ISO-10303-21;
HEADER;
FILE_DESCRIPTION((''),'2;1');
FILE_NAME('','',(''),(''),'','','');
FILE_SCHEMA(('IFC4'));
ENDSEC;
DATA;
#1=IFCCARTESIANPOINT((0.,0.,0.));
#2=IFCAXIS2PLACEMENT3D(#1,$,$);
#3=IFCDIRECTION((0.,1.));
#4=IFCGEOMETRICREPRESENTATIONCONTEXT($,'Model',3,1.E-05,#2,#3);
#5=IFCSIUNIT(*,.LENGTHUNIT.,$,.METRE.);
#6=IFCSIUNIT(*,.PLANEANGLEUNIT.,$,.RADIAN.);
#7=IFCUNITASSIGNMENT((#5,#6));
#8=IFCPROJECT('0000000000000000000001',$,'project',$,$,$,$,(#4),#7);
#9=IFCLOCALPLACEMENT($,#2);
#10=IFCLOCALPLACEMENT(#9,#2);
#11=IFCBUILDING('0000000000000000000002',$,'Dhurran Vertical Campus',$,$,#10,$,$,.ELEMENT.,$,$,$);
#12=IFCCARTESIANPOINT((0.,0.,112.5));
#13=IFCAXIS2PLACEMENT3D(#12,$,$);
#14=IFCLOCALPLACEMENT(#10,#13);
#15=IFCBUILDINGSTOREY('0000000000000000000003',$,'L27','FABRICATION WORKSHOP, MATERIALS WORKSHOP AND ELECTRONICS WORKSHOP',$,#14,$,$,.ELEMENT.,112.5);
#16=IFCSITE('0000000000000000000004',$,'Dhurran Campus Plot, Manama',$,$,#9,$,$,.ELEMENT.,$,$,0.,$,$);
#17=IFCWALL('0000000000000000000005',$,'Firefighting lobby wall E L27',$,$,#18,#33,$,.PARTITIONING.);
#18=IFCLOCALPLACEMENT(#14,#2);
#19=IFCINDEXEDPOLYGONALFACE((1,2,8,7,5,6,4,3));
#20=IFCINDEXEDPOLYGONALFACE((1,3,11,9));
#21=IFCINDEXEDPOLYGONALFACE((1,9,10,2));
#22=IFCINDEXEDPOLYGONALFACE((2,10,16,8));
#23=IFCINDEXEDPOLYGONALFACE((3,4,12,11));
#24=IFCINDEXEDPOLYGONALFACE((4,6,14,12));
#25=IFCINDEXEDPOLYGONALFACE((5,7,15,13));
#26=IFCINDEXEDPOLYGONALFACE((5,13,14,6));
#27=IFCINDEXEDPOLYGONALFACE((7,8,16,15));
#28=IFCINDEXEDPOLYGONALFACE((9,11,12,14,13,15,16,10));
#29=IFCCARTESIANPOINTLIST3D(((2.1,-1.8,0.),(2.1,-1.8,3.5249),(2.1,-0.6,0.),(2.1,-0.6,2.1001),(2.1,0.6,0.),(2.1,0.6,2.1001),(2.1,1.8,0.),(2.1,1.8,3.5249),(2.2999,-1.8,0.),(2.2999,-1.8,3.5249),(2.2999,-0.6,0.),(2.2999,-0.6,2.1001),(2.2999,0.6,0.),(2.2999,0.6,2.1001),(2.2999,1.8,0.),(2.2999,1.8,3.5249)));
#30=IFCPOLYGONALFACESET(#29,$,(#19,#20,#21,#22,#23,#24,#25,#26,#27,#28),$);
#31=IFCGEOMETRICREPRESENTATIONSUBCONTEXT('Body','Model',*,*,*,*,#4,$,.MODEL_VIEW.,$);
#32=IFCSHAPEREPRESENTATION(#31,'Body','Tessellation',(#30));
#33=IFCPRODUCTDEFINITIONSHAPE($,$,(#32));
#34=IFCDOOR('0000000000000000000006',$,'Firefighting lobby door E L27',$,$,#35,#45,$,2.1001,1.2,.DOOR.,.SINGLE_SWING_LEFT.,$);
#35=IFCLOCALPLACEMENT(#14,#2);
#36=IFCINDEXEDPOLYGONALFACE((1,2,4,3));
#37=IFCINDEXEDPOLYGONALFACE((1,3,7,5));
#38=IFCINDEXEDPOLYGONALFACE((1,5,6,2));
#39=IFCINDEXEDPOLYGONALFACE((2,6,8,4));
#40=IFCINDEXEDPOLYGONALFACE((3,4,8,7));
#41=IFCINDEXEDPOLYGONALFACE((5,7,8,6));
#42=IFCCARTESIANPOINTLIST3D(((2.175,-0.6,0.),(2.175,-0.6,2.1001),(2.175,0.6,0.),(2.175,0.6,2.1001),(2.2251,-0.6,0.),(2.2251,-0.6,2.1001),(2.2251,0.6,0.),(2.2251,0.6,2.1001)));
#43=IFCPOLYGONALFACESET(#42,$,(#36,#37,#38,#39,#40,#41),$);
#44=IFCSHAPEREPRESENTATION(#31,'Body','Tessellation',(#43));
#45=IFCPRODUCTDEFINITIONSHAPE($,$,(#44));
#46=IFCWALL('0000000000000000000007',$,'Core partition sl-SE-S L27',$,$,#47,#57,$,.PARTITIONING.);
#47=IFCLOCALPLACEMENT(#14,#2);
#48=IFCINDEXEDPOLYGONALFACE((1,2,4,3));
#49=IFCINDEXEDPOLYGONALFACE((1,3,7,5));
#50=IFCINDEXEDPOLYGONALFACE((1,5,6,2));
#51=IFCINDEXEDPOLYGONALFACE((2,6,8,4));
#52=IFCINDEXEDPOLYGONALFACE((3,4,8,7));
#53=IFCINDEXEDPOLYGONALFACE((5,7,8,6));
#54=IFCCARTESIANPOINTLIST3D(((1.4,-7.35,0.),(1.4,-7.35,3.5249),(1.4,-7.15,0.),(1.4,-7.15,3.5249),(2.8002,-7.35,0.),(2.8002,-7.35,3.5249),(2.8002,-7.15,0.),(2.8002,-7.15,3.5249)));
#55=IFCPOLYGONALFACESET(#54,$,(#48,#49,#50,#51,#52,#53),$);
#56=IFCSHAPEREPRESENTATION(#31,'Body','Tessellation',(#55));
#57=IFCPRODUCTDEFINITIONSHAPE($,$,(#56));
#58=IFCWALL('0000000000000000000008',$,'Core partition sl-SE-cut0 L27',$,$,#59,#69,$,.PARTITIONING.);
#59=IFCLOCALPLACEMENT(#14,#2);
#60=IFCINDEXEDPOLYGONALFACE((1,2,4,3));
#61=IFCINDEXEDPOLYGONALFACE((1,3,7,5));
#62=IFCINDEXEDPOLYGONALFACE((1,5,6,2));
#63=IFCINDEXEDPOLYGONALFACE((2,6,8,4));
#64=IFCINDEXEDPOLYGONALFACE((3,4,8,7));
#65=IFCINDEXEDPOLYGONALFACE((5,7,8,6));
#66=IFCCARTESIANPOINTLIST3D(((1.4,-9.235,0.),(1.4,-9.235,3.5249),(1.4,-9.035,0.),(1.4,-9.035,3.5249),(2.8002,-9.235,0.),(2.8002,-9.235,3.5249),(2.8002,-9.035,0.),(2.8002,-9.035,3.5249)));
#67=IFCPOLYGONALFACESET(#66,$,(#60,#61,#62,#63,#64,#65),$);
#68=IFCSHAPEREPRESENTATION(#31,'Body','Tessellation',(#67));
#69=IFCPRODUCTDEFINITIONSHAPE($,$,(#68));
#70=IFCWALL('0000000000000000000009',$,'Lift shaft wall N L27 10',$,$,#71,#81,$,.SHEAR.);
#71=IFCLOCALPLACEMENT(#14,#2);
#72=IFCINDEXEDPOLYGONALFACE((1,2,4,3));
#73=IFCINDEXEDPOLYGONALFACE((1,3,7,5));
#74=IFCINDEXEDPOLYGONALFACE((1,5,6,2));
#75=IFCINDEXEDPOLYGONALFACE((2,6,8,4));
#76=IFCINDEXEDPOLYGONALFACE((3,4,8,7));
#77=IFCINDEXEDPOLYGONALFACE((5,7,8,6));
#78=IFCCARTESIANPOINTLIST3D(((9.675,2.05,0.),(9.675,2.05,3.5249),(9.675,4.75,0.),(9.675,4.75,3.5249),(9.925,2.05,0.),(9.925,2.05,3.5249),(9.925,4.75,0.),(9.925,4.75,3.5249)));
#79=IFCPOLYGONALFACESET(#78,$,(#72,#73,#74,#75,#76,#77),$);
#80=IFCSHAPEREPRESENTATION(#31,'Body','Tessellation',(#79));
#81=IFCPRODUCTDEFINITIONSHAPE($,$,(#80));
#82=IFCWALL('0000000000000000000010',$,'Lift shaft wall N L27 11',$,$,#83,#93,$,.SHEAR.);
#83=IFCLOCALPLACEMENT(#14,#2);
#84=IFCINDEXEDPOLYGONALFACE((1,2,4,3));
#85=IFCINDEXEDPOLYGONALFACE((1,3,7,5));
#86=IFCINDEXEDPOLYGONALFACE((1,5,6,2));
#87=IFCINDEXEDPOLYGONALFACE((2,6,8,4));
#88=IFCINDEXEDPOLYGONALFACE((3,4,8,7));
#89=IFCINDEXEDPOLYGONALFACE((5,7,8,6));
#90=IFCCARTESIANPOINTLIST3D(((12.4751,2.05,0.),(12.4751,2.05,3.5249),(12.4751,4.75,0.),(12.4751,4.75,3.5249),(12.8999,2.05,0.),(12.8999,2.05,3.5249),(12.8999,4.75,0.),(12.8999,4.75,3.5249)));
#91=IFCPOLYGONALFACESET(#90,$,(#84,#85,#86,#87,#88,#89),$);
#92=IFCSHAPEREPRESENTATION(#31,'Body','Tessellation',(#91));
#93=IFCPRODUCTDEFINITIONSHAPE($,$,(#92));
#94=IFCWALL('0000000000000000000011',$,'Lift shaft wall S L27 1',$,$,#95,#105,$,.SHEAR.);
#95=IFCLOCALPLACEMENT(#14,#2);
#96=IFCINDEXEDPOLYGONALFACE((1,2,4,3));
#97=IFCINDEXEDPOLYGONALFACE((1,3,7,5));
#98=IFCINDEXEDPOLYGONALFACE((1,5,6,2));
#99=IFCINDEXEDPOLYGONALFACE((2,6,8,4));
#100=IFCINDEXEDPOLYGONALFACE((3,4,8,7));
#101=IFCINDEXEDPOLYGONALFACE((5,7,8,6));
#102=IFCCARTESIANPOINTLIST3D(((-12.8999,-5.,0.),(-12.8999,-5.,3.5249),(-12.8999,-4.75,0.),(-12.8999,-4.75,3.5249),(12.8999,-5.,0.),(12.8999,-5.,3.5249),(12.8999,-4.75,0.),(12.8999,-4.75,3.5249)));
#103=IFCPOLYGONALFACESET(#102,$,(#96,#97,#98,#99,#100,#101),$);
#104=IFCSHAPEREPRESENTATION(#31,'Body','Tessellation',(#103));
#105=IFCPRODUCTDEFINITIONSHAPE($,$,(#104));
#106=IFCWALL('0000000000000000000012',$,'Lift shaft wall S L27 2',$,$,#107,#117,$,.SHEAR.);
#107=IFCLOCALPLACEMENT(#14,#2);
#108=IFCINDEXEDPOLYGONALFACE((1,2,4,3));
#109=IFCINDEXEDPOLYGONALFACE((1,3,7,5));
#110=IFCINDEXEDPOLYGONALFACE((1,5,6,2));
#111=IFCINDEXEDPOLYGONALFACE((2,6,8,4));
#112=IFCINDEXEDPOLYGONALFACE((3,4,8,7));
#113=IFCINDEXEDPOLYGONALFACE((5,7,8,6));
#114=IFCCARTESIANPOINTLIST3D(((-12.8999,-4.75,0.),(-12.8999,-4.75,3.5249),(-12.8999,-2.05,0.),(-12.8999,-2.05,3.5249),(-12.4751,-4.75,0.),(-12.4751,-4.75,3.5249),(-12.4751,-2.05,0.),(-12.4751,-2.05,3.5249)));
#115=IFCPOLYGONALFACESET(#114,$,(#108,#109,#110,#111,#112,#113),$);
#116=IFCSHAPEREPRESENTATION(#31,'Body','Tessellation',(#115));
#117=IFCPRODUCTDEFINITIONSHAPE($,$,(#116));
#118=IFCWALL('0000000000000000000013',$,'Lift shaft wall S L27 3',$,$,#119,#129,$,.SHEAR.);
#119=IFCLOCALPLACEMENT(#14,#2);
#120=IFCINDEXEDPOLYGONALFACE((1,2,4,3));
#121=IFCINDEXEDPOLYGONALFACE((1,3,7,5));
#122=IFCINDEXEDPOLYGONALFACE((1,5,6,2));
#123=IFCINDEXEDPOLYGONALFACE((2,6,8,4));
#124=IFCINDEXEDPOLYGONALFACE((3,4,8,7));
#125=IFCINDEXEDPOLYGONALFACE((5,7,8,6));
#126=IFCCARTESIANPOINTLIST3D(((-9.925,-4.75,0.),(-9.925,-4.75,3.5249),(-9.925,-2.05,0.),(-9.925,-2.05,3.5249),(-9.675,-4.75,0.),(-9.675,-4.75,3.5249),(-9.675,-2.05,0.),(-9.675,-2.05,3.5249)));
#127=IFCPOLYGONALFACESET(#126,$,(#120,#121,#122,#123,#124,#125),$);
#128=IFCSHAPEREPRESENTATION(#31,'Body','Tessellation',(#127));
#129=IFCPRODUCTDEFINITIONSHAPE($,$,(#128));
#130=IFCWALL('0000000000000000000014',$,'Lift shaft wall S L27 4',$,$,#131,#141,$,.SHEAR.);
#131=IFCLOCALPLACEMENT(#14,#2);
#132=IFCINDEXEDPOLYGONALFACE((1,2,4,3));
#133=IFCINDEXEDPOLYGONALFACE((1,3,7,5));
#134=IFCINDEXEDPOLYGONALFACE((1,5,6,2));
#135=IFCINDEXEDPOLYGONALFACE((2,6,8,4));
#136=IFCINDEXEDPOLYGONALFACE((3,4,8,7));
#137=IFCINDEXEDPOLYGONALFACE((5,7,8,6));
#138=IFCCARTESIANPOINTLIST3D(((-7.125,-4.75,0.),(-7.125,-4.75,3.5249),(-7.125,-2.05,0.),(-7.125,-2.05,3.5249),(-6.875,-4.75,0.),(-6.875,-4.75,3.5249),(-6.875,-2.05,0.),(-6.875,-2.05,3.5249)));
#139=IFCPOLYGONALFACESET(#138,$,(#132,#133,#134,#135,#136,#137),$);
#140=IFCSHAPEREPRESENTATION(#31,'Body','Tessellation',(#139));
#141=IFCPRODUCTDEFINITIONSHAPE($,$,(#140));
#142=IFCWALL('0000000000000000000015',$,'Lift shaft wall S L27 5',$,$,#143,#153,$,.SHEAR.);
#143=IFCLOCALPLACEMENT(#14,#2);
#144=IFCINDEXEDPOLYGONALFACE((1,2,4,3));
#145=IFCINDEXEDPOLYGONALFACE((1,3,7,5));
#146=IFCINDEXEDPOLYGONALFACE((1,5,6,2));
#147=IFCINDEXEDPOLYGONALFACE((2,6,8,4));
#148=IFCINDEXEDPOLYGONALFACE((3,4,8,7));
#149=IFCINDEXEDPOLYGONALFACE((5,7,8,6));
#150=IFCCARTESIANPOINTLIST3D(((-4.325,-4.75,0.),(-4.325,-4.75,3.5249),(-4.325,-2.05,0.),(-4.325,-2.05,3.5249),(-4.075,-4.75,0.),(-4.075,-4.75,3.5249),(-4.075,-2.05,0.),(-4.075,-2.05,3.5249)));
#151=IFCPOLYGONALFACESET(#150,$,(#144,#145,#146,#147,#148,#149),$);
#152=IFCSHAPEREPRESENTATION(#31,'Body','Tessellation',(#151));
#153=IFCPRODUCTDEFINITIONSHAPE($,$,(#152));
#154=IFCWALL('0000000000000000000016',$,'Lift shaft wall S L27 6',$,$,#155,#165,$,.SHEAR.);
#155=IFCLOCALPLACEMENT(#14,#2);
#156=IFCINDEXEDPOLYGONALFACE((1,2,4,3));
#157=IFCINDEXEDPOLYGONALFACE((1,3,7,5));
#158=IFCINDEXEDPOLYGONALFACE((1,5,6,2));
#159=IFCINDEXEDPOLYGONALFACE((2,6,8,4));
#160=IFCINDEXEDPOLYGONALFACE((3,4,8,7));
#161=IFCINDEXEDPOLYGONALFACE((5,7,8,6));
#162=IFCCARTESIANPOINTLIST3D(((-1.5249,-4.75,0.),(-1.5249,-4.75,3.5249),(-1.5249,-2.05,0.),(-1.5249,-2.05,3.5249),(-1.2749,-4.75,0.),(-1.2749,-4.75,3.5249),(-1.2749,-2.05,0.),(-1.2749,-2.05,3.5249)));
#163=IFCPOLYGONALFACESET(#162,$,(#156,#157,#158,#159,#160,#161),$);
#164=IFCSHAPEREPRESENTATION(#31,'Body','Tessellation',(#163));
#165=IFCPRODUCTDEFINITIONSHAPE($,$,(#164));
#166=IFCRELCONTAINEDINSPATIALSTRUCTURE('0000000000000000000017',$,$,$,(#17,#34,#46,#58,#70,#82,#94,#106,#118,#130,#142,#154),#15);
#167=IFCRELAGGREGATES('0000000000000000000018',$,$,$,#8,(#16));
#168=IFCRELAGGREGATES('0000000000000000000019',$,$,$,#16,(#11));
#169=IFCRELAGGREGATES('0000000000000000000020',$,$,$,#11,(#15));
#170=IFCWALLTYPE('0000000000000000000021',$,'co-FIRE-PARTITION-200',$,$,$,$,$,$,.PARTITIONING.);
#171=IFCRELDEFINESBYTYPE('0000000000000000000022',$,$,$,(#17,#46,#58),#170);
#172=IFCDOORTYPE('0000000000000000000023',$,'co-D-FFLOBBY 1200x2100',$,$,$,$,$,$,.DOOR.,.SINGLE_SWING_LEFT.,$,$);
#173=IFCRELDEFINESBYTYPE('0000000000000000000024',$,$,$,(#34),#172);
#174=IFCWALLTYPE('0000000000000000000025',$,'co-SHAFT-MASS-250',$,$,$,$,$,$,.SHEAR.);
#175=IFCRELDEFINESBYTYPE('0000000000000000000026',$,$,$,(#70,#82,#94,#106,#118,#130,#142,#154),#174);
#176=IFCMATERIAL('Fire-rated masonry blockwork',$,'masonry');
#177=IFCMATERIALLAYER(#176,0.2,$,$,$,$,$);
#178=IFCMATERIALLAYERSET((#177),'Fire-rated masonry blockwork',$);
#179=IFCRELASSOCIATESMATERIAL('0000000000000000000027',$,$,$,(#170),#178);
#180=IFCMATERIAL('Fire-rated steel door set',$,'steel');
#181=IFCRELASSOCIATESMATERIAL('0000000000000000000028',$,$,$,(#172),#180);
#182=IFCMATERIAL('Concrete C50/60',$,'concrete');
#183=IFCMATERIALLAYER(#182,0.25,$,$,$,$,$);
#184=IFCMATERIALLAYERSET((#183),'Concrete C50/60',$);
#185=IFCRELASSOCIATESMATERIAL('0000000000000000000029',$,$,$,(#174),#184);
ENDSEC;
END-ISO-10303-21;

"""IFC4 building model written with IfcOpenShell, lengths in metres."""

from ifc_helpers import new_model, si_unit, direction, frame, frame_2d, origin, place, context, subcontext, project, spatial, polyline, rectangle, outline, extrude, material, layer, layer_set, type_object, element, fill, save


model = new_model("IFC4")

# Units and contexts
model_context = context("Model", 3, precision=1e-05, world=origin(), true_north=direction((0.0, 1.0)))
body_context = subcontext(model_context, "Body", "Model", "MODEL_VIEW")
ifc_project = project(units=[si_unit("LENGTHUNIT", "METRE"), si_unit("PLANEANGLEUNIT", "RADIAN")], contexts=[model_context])

# Site, building, storey
site_placement = place(None, origin())
site = spatial("IfcSite", under=ifc_project, at=site_placement, Name="Dhurran Campus Plot, Manama", CompositionType="ELEMENT", RefElevation=0.0)
building_placement = place(site_placement, origin())
building = spatial("IfcBuilding", under=site, at=building_placement, Name="Dhurran Vertical Campus", CompositionType="ELEMENT")
storey_placement = place(building_placement, frame((0.0, 0.0, 112.5)))
storey = spatial("IfcBuildingStorey", under=building, at=storey_placement, Name="L27", Description="FABRICATION WORKSHOP, MATERIALS WORKSHOP AND ELECTRONICS WORKSHOP", CompositionType="ELEMENT", Elevation=112.5)

# Wall, opening, door
ifc_material_1 = material(Name="Fire-rated masonry blockwork", Category="masonry")
ifc_layer_1 = layer(ifc_material_1, 0.2)
ifc_layer_set_1 = layer_set([ifc_layer_1], Name="Fire-rated masonry blockwork")
wall_type_1 = type_object("IfcWallType", Name="co-FIRE-PARTITION-200", PredefinedType="PARTITIONING", material=ifc_layer_set_1)
wall_1_placement = place(storey_placement, frame((2.2, -1.8, 0.0), z_axis=(0.0, 0.0, 1.0), x_axis=(0.0, 1.0, 0.0)))
wall_1 = element("IfcWall", 1, at=wall_1_placement, inside=storey, type_object=wall_type_1, Name="Firefighting lobby wall E L27", PredefinedType="PARTITIONING", context=body_context, shape_type="SweptSolid", body=[
    extrude(rectangle(XDim=3.6001, YDim=0.2, at=frame_2d((1.8, 0.0))), origin(), (0.0, 0.0, 1.0), 3.5249),
])
opening_1_placement = place(wall_1_placement, frame((1.2, 0.0, 0.0)))
opening_1 = element("IfcOpeningElement", 2, at=opening_1_placement, cuts=wall_1, PredefinedType="OPENING", context=body_context, shape_type="SweptSolid", body=[
    extrude(rectangle(XDim=1.2, YDim=2.1001, at=frame_2d((0.6001, 1.05))), frame((0.0, 0.1099, 0.0), z_axis=(0.0, -1.0, 0.0), x_axis=(1.0, 0.0, 0.0)), (0.0, 0.0, 1.0), 0.22),
])
ifc_material_2 = material(Name="Fire-rated steel door set", Category="steel")
door_type_1 = type_object("IfcDoorType", Name="co-D-FFLOBBY 1200x2100", OperationType="SINGLE_SWING_LEFT", PredefinedType="DOOR", material=ifc_material_2)
door_1_placement = place(opening_1_placement, origin())
door_1 = element("IfcDoor", 3, at=door_1_placement, inside=storey, type_object=door_type_1, Name="Firefighting lobby door E L27", OperationType="SINGLE_SWING_LEFT", OverallHeight=2.1001, OverallWidth=1.2, PredefinedType="DOOR", context=body_context, shape_type="SweptSolid", body=[
    extrude(rectangle(XDim=1.2, YDim=2.1001, at=frame_2d((0.6001, 1.05))), frame((0.0, 0.0249, 0.0), z_axis=(0.0, -1.0, 0.0), x_axis=(1.0, 0.0, 0.0)), (0.0, 0.0, 1.0), 0.05),
])
fill(opening_1, door_1)

# Walls
for number, where, z_axis, x_axis, name in (
    (4, (1.3999, -7.25, 0.0), (0.0, 0.0, 1.0), (1.0, 0.0, 0.0), "Core partition sl-SE-S L27"),
    (5, (1.3999, -9.135, 0.0), (0.0, 0.0, 1.0), (1.0, 0.0, 0.0), "Core partition sl-SE-cut0 L27"),
):
    element("IfcWall", number, at=place(storey_placement, frame(where, z_axis=z_axis, x_axis=x_axis)), inside=storey, type_object=wall_type_1, Name=name, PredefinedType="PARTITIONING", context=body_context, shape_type="SweptSolid", body=[
        extrude(rectangle(XDim=1.4001, YDim=0.2, at=frame_2d((0.7002, 0.0))), origin(), (0.0, 0.0, 1.0), 3.5249),
    ])
ifc_material_3 = material(Name="Concrete C50/60", Category="concrete")
ifc_layer_2 = layer(ifc_material_3, 0.25)
ifc_layer_set_2 = layer_set([ifc_layer_2], Name="Concrete C50/60")
wall_type_2 = type_object("IfcWallType", Name="co-SHAFT-MASS-250", PredefinedType="SHEAR", material=ifc_layer_set_2)
wall_2_placement = place(storey_placement, origin())
element("IfcWall", 6, at=wall_2_placement, inside=storey, type_object=wall_type_2, Name="Lift shaft wall N L27 10", PredefinedType="SHEAR", context=body_context, shape_type="SweptSolid", body=[
    extrude(outline(polyline([(9.675, 2.05), (9.925, 2.05), (9.925, 4.75), (9.675, 4.75), (9.675, 2.05)])), origin(), (0.0, 0.0, 1.0), 3.5249),
])
wall_3_placement = place(storey_placement, origin())
element("IfcWall", 7, at=wall_3_placement, inside=storey, type_object=wall_type_2, Name="Lift shaft wall N L27 11", PredefinedType="SHEAR", context=body_context, shape_type="SweptSolid", body=[
    extrude(outline(polyline([(12.4751, 2.05), (12.8999, 2.05), (12.8999, 4.75), (12.4751, 4.75), (12.4751, 2.05)])), origin(), (0.0, 0.0, 1.0), 3.5249),
])
wall_4_placement = place(storey_placement, origin())
element("IfcWall", 8, at=wall_4_placement, inside=storey, type_object=wall_type_2, Name="Lift shaft wall S L27 1", PredefinedType="SHEAR", context=body_context, shape_type="SweptSolid", body=[
    extrude(outline(polyline([(-12.8999, -5.0), (12.8999, -5.0), (12.8999, -4.75), (-12.8999, -4.75), (-12.8999, -5.0)])), origin(), (0.0, 0.0, 1.0), 3.5249),
])
wall_5_placement = place(storey_placement, origin())
element("IfcWall", 9, at=wall_5_placement, inside=storey, type_object=wall_type_2, Name="Lift shaft wall S L27 2", PredefinedType="SHEAR", context=body_context, shape_type="SweptSolid", body=[
    extrude(outline(polyline([(-12.8999, -4.75), (-12.4751, -4.75), (-12.4751, -2.05), (-12.8999, -2.05), (-12.8999, -4.75)])), origin(), (0.0, 0.0, 1.0), 3.5249),
])
wall_6_placement = place(storey_placement, origin())
element("IfcWall", 10, at=wall_6_placement, inside=storey, type_object=wall_type_2, Name="Lift shaft wall S L27 3", PredefinedType="SHEAR", context=body_context, shape_type="SweptSolid", body=[
    extrude(outline(polyline([(-9.925, -4.75), (-9.675, -4.75), (-9.675, -2.05), (-9.925, -2.05), (-9.925, -4.75)])), origin(), (0.0, 0.0, 1.0), 3.5249),
])
wall_7_placement = place(storey_placement, origin())
element("IfcWall", 11, at=wall_7_placement, inside=storey, type_object=wall_type_2, Name="Lift shaft wall S L27 4", PredefinedType="SHEAR", context=body_context, shape_type="SweptSolid", body=[
    extrude(outline(polyline([(-7.125, -4.75), (-6.875, -4.75), (-6.875, -2.05), (-7.125, -2.05), (-7.125, -4.75)])), origin(), (0.0, 0.0, 1.0), 3.5249),
])
wall_8_placement = place(storey_placement, origin())
element("IfcWall", 12, at=wall_8_placement, inside=storey, type_object=wall_type_2, Name="Lift shaft wall S L27 5", PredefinedType="SHEAR", context=body_context, shape_type="SweptSolid", body=[
    extrude(outline(polyline([(-4.325, -4.75), (-4.075, -4.75), (-4.075, -2.05), (-4.325, -2.05), (-4.325, -4.75)])), origin(), (0.0, 0.0, 1.0), 3.5249),
])
wall_9_placement = place(storey_placement, origin())
element("IfcWall", 13, at=wall_9_placement, inside=storey, type_object=wall_type_2, Name="Lift shaft wall S L27 6", PredefinedType="SHEAR", context=body_context, shape_type="SweptSolid", body=[
    extrude(outline(polyline([(-1.5249, -4.75), (-1.2749, -4.75), (-1.2749, -2.05), (-1.5249, -2.05), (-1.5249, -4.75)])), origin(), (0.0, 0.0, 1.0), 3.5249),
])

save(model, "model.ifc")
